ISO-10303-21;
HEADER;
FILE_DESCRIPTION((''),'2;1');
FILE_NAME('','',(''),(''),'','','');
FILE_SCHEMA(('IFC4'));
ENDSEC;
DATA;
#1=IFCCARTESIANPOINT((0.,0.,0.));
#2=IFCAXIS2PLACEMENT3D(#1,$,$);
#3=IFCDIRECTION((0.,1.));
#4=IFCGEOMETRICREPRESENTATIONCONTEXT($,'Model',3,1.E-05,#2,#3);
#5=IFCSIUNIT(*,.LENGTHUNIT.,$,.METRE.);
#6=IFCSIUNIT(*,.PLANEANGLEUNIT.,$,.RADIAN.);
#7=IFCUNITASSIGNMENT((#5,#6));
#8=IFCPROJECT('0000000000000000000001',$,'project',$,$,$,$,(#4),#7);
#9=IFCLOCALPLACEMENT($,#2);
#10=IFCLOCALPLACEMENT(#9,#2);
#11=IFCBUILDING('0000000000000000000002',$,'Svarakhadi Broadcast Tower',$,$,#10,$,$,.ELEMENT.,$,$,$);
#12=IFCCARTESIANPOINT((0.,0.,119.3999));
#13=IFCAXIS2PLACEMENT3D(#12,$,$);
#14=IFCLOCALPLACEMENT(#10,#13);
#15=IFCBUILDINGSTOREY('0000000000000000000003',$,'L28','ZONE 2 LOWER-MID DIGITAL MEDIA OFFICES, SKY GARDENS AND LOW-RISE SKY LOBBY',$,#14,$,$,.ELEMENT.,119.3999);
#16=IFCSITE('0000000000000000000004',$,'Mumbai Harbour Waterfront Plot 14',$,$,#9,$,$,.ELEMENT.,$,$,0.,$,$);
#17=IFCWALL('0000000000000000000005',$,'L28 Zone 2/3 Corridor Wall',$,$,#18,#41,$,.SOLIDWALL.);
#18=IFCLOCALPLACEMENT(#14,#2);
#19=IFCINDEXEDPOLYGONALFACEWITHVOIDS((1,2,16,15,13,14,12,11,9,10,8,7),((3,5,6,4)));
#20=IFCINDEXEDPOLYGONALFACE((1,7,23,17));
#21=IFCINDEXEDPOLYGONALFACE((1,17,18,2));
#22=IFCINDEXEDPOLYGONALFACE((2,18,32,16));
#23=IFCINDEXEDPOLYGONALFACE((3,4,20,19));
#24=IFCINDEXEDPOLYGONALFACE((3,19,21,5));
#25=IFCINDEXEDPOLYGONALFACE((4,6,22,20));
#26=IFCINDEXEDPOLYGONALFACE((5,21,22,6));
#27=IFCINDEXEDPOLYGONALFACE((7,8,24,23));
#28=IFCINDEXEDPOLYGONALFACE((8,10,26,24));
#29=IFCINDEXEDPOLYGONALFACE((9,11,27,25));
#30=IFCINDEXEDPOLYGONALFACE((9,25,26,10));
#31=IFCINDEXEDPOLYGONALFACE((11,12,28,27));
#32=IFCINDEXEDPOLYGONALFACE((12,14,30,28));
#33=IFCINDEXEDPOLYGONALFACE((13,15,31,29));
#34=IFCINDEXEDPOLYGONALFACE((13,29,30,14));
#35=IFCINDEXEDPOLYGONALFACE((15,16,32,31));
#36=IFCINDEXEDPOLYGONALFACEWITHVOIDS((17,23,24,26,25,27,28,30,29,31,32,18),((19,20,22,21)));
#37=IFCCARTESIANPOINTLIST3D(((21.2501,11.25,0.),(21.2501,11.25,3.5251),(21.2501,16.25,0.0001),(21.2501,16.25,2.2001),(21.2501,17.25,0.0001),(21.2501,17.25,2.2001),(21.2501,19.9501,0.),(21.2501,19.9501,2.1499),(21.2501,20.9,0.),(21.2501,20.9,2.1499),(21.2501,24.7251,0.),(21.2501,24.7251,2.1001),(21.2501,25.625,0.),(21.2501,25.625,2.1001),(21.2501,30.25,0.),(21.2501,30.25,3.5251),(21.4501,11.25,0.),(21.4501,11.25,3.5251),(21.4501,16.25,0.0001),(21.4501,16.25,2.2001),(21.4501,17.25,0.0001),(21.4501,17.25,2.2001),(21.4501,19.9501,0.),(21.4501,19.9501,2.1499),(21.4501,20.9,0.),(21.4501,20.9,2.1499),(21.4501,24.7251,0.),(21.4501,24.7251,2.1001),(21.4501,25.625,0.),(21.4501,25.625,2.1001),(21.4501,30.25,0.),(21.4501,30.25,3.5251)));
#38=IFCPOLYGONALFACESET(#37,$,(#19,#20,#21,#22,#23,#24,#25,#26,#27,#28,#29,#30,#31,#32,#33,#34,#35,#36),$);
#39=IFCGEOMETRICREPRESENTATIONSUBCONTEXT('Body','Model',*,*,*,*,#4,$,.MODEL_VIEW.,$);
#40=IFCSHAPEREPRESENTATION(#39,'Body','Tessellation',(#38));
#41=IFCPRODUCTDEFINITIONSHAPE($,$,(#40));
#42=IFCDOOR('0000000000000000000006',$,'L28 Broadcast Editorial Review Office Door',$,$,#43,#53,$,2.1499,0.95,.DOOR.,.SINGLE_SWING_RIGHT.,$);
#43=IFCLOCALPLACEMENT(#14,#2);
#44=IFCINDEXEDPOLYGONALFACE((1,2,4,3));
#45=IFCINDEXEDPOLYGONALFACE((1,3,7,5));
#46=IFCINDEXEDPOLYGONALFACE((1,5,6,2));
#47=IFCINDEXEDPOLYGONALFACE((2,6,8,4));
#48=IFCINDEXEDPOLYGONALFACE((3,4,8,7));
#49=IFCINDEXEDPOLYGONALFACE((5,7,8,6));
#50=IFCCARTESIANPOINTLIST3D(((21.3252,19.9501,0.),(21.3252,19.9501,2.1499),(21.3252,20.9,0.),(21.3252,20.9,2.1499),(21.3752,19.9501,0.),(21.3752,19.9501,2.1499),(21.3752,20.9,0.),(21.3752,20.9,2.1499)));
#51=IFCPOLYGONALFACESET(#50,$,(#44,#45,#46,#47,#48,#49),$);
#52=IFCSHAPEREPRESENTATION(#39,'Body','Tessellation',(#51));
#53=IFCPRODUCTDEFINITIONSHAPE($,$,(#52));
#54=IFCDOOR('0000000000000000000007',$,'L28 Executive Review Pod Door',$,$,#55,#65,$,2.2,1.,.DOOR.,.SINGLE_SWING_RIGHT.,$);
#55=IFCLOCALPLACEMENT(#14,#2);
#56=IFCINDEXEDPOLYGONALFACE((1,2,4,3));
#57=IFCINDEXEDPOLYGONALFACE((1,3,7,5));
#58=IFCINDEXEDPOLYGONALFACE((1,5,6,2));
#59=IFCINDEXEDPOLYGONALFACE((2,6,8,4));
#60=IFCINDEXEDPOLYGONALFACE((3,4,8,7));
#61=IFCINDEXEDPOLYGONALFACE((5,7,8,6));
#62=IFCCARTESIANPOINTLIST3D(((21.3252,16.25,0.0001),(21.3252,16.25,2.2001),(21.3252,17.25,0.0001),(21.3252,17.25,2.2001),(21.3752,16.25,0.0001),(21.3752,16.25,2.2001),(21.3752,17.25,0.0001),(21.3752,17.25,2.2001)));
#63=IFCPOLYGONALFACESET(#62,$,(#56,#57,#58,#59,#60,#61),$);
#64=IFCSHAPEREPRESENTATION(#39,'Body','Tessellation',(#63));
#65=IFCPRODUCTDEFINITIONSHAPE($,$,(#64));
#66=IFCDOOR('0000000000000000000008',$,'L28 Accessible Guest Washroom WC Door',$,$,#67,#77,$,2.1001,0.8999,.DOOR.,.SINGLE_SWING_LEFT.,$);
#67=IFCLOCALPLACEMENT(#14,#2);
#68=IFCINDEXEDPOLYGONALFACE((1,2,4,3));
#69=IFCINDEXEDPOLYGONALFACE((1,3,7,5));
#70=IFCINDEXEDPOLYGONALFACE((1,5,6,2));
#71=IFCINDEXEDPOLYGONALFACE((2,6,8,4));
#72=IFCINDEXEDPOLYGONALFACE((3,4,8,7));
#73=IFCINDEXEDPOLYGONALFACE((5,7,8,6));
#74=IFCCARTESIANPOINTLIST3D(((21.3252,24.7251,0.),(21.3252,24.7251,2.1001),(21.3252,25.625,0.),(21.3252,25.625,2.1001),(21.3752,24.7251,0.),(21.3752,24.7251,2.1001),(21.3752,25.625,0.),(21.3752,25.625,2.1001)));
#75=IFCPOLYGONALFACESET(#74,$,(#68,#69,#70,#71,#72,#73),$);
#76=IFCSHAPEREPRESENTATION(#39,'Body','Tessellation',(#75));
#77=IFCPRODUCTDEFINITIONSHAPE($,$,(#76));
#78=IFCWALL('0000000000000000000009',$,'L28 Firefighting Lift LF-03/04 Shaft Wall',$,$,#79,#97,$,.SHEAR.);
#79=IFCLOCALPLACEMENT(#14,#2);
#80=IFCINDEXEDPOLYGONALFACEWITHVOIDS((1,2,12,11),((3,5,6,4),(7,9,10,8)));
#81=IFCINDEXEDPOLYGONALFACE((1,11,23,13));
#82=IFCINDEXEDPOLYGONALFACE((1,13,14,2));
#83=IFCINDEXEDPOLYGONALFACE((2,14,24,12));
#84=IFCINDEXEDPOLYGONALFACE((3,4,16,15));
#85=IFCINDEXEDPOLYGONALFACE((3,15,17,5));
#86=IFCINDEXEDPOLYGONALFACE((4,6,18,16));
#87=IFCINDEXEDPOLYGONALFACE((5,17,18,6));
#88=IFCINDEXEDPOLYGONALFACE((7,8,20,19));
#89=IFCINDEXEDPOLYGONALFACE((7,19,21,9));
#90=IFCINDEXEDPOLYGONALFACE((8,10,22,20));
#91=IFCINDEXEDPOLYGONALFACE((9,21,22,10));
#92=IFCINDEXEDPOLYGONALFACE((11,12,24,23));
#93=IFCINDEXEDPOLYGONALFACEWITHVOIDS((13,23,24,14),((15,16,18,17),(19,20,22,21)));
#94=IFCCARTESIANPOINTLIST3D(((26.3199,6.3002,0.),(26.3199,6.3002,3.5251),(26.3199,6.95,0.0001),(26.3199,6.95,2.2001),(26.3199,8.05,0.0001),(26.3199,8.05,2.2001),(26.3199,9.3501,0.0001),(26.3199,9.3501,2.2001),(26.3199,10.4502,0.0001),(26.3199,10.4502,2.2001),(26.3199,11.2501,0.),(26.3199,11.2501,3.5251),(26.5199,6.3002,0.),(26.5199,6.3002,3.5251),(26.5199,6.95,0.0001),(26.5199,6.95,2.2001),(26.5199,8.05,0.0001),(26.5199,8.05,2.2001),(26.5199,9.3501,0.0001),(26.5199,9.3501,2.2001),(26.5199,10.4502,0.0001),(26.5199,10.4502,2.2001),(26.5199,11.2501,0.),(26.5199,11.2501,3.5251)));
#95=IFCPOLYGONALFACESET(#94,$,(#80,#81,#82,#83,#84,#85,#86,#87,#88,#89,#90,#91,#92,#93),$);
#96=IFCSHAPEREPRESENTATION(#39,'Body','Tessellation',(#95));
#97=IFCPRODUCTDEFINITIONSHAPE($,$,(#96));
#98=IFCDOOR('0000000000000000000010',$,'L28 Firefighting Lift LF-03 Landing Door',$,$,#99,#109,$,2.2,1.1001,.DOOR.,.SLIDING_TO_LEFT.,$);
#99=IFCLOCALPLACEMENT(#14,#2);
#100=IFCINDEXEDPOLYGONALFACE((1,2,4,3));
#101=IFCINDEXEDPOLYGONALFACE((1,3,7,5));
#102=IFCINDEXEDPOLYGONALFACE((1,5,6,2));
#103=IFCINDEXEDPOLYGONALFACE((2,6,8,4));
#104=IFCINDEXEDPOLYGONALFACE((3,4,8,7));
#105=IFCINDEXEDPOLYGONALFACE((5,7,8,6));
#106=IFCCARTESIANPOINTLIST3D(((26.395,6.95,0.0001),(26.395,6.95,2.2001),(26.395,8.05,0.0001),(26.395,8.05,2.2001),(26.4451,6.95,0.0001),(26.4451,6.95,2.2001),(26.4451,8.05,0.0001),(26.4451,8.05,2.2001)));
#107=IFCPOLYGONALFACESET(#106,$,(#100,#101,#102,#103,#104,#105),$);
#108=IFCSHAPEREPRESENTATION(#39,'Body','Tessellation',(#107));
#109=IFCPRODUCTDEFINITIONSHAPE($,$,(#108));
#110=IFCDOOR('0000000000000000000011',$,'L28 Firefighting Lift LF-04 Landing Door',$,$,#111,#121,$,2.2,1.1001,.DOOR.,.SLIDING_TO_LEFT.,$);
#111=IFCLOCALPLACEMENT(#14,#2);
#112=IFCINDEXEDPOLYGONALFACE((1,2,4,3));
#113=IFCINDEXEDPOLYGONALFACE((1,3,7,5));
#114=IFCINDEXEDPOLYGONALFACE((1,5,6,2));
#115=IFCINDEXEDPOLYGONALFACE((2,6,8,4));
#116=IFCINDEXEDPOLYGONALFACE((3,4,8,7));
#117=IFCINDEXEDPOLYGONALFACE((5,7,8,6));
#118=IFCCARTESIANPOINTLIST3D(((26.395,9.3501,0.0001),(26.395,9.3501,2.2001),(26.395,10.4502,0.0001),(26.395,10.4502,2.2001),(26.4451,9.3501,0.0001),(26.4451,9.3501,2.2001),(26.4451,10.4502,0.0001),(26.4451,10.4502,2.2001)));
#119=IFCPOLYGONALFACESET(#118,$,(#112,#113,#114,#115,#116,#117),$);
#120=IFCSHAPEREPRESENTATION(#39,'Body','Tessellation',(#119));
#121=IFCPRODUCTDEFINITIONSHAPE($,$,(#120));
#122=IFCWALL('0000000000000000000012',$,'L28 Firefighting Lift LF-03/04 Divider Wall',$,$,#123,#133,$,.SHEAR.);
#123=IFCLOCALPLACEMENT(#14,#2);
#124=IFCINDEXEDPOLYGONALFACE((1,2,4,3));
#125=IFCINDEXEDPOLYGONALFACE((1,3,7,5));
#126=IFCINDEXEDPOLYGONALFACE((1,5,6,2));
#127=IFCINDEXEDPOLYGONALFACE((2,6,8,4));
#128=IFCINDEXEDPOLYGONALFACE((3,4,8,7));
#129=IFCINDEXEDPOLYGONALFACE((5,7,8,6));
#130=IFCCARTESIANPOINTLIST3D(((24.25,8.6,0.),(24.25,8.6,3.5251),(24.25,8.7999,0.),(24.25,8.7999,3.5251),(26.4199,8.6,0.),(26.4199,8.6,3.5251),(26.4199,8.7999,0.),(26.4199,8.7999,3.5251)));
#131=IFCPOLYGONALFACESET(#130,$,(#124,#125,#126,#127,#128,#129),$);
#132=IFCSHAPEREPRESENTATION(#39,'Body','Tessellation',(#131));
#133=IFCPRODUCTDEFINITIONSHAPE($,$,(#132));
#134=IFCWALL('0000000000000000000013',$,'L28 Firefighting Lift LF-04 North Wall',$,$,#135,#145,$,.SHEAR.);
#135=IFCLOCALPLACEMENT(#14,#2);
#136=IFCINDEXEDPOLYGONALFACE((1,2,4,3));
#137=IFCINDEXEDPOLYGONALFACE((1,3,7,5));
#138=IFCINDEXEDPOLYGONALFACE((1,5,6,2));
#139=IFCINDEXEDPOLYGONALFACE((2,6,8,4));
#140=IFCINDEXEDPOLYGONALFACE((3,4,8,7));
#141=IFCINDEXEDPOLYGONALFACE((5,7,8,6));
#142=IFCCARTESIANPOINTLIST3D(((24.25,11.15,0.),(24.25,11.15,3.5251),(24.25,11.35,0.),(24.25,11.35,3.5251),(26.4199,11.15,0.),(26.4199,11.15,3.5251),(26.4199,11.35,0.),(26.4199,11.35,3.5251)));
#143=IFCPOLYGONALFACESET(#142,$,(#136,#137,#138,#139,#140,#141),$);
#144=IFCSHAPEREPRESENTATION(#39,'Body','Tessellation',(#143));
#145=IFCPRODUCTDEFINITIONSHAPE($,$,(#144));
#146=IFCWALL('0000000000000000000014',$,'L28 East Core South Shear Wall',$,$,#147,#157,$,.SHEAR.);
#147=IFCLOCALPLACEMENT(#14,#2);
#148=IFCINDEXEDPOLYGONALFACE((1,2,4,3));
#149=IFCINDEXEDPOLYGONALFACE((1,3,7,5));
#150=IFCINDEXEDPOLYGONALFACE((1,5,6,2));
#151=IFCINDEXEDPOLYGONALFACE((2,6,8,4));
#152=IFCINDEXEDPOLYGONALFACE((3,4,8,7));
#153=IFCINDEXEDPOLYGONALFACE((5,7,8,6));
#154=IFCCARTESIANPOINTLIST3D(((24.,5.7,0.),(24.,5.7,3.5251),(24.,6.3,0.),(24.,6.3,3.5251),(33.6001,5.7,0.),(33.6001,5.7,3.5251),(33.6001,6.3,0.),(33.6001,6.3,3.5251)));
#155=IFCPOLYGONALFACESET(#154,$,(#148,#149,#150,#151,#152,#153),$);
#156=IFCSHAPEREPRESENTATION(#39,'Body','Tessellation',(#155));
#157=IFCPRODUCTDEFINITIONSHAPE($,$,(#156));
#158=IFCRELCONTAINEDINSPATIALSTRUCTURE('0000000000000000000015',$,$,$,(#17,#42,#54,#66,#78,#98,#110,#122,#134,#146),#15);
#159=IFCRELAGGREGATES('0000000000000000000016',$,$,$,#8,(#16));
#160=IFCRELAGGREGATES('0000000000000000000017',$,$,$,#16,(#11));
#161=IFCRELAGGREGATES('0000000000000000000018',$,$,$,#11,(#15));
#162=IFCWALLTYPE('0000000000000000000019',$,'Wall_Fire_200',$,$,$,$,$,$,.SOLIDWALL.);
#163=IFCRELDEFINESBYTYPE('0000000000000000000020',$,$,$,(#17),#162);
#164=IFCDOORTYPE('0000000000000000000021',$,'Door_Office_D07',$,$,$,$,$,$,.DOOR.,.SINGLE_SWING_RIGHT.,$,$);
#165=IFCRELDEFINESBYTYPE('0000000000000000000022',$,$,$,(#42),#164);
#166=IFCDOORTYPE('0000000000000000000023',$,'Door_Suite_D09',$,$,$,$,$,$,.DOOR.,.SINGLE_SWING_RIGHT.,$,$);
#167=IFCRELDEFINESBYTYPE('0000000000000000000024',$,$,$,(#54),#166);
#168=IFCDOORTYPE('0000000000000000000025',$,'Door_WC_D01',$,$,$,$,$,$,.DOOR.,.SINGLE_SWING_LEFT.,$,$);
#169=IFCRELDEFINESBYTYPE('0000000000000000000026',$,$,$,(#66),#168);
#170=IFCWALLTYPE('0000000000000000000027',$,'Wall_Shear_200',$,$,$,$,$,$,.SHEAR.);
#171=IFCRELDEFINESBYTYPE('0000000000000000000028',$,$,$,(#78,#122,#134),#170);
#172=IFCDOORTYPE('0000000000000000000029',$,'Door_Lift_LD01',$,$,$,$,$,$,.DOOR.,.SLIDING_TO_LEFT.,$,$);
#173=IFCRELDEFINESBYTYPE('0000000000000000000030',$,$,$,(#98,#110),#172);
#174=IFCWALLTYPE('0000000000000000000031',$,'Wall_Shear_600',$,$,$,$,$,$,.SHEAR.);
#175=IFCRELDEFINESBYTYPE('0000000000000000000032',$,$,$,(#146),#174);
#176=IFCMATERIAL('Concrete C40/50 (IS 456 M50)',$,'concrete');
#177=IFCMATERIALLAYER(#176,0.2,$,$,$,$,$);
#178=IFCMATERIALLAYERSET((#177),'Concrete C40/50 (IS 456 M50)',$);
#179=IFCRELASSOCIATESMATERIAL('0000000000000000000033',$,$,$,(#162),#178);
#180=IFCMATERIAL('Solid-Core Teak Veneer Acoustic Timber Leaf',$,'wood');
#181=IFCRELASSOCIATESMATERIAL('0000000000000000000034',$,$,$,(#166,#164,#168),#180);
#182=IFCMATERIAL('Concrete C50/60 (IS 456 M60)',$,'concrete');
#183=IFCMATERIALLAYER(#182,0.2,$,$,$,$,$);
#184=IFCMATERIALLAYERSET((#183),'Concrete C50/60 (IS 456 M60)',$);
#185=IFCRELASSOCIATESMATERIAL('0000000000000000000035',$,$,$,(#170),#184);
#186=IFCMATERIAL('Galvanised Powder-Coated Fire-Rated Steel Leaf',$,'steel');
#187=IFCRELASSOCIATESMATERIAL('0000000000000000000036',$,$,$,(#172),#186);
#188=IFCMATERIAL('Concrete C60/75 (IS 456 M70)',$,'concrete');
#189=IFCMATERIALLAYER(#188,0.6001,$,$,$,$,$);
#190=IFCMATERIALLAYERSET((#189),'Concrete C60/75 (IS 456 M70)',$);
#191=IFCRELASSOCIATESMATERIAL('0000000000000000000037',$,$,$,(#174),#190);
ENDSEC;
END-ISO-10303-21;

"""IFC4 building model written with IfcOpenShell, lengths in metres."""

from ifc_helpers import new_model, si_unit, direction, frame, frame_2d, origin, place, context, subcontext, project, spatial, rectangle, extrude, material, layer, layer_set, type_object, element, fill, save


model = new_model("IFC4")

# Units and contexts
model_context = context("Model", 3, precision=1e-05, world=origin(), true_north=direction((0.0, 1.0)))
body_context = subcontext(model_context, "Body", "Model", "MODEL_VIEW")
ifc_project = project(units=[si_unit("LENGTHUNIT", "METRE"), si_unit("PLANEANGLEUNIT", "RADIAN")], contexts=[model_context])

# Site, building, storey
site_placement = place(None, origin())
site = spatial("IfcSite", under=ifc_project, at=site_placement, Name="Mumbai Harbour Waterfront Plot 14", CompositionType="ELEMENT", RefElevation=0.0)
building_placement = place(site_placement, origin())
building = spatial("IfcBuilding", under=site, at=building_placement, Name="Svarakhadi Broadcast Tower", CompositionType="ELEMENT")
storey_placement = place(building_placement, frame((0.0, 0.0, 119.3999)))
storey = spatial("IfcBuildingStorey", under=building, at=storey_placement, Name="L28", Description="ZONE 2 LOWER-MID DIGITAL MEDIA OFFICES, SKY GARDENS AND LOW-RISE SKY LOBBY", CompositionType="ELEMENT", Elevation=119.3999)

# Shared definitions
ifc_material_1 = material(Name="Concrete C50/60 (IS 456 M60)", Category="concrete")

# Shared definitions
ifc_material_2 = material(Name="Concrete C40/50 (IS 456 M50)", Category="concrete")
ifc_layer_1 = layer(ifc_material_2, 0.2)
ifc_layer_set_1 = layer_set([ifc_layer_1], Name="Concrete C40/50 (IS 456 M50)")
wall_type_1 = type_object("IfcWallType", Name="Wall_Fire_200", PredefinedType="SOLIDWALL", material=ifc_layer_set_1)

# Walls, openings, doors
ifc_material_3 = material(Name="Solid-Core Teak Veneer Acoustic Timber Leaf", Category="wood")
door_type_1 = type_object("IfcDoorType", Name="Door_Suite_D09", OperationType="SINGLE_SWING_RIGHT", PredefinedType="DOOR", material=ifc_material_3)
wall_1_placement = place(storey_placement, frame((21.3501, 11.25, 0.0), z_axis=(0.0, 0.0, 1.0), x_axis=(0.0, 1.0, 0.0)))
wall_1 = element("IfcWall", 1, at=wall_1_placement, inside=storey, type_object=wall_type_1, Name="L28 Zone 2/3 Corridor Wall", PredefinedType="SOLIDWALL", context=body_context, shape_type="SweptSolid", body=[
    extrude(rectangle(XDim=19.0, YDim=0.2, at=frame_2d((9.5, 0.0))), origin(), (0.0, 0.0, 1.0), 3.5251),
])
opening_1_placement = place(wall_1_placement, frame((8.7, 0.0, 0.0)))
opening_1 = element("IfcOpeningElement", 2, at=opening_1_placement, cuts=wall_1, PredefinedType="OPENING", context=body_context, shape_type="SweptSolid", body=[
    extrude(rectangle(XDim=0.95, YDim=2.1499, at=frame_2d((0.4751, 1.075))), frame((0.0, 0.1099, 0.0), z_axis=(0.0, -1.0, 0.0), x_axis=(1.0, 0.0, 0.0)), (0.0, 0.0, 1.0), 0.22),
])
opening_2_placement = place(wall_1_placement, frame((13.4751, 0.0, 0.0)))
opening_2 = element("IfcOpeningElement", 3, at=opening_2_placement, cuts=wall_1, PredefinedType="OPENING", context=body_context, shape_type="SweptSolid", body=[
    extrude(rectangle(XDim=0.8999, YDim=2.1001, at=frame_2d((0.45, 1.05))), frame((0.0, 0.1099, 0.0), z_axis=(0.0, -1.0, 0.0), x_axis=(1.0, 0.0, 0.0)), (0.0, 0.0, 1.0), 0.22),
])
opening_3_placement = place(wall_1_placement, frame((5.0, 0.0, 0.0)))
opening_3 = element("IfcOpeningElement", 4, at=opening_3_placement, cuts=wall_1, PredefinedType="OPENING", context=body_context, shape_type="SweptSolid", body=[
    extrude(rectangle(XDim=1.0, YDim=2.2, at=frame_2d((0.5, 1.1001))), frame((0.0, 0.1099, 0.0), z_axis=(0.0, -1.0, 0.0), x_axis=(1.0, 0.0, 0.0)), (0.0, 0.0, 1.0), 0.22),
])
door_type_2 = type_object("IfcDoorType", Name="Door_Office_D07", OperationType="SINGLE_SWING_RIGHT", PredefinedType="DOOR", material=ifc_material_3)
door_1_placement = place(opening_1_placement, origin())
door_1 = element("IfcDoor", 5, at=door_1_placement, inside=storey, type_object=door_type_2, Name="L28 Broadcast Editorial Review Office Door", OperationType="SINGLE_SWING_RIGHT", OverallHeight=2.1499, OverallWidth=0.95, PredefinedType="DOOR", context=body_context, shape_type="SweptSolid", body=[
    extrude(rectangle(XDim=0.95, YDim=2.1499, at=frame_2d((0.4751, 1.075))), frame((0.0, 0.0249, 0.0), z_axis=(0.0, -1.0, 0.0), x_axis=(1.0, 0.0, 0.0)), (0.0, 0.0, 1.0), 0.05),
])
fill(opening_1, door_1)
door_2_placement = place(opening_3_placement, origin())
door_2 = element("IfcDoor", 6, at=door_2_placement, inside=storey, type_object=door_type_1, Name="L28 Executive Review Pod Door", OperationType="SINGLE_SWING_RIGHT", OverallHeight=2.2, OverallWidth=1.0, PredefinedType="DOOR", context=body_context, shape_type="SweptSolid", body=[
    extrude(rectangle(XDim=1.0, YDim=2.2, at=frame_2d((0.5, 1.1001))), frame((0.0, 0.0249, 0.0), z_axis=(0.0, -1.0, 0.0), x_axis=(1.0, 0.0, 0.0)), (0.0, 0.0, 1.0), 0.05),
])
fill(opening_3, door_2)
door_type_3 = type_object("IfcDoorType", Name="Door_WC_D01", OperationType="SINGLE_SWING_LEFT", PredefinedType="DOOR", material=ifc_material_3)
door_3_placement = place(opening_2_placement, origin())
door_3 = element("IfcDoor", 7, at=door_3_placement, inside=storey, type_object=door_type_3, Name="L28 Accessible Guest Washroom WC Door", OperationType="SINGLE_SWING_LEFT", OverallHeight=2.1001, OverallWidth=0.8999, PredefinedType="DOOR", context=body_context, shape_type="SweptSolid", body=[
    extrude(rectangle(XDim=0.8999, YDim=2.1001, at=frame_2d((0.45, 1.05))), frame((0.0, 0.0249, 0.0), z_axis=(0.0, -1.0, 0.0), x_axis=(1.0, 0.0, 0.0)), (0.0, 0.0, 1.0), 0.05),
])
fill(opening_2, door_3)
ifc_layer_2 = layer(ifc_material_1, 0.2)
ifc_layer_set_2 = layer_set([ifc_layer_2], Name="Concrete C50/60 (IS 456 M60)")
wall_type_2 = type_object("IfcWallType", Name="Wall_Shear_200", PredefinedType="SHEAR", material=ifc_layer_set_2)
wall_2_placement = place(storey_placement, frame((26.4199, 6.3, 0.0), z_axis=(0.0, 0.0, 1.0), x_axis=(0.0, 1.0, 0.0)))
wall_2 = element("IfcWall", 8, at=wall_2_placement, inside=storey, type_object=wall_type_2, Name="L28 Firefighting Lift LF-03/04 Shaft Wall", PredefinedType="SHEAR", context=body_context, shape_type="SweptSolid", body=[
    extrude(rectangle(XDim=4.95, YDim=0.2, at=frame_2d((2.4751, 0.0))), origin(), (0.0, 0.0, 1.0), 3.5251),
])
opening_4_placement = place(wall_2_placement, frame((0.6499, 0.0, 0.0)))
opening_4 = element("IfcOpeningElement", 9, at=opening_4_placement, cuts=wall_2, PredefinedType="OPENING", context=body_context, shape_type="SweptSolid", body=[
    extrude(rectangle(XDim=1.1001, YDim=2.2, at=frame_2d((0.55, 1.1001))), frame((0.0, 0.1099, 0.0), z_axis=(0.0, -1.0, 0.0), x_axis=(1.0, 0.0, 0.0)), (0.0, 0.0, 1.0), 0.22),
])
opening_5_placement = place(wall_2_placement, frame((3.05, 0.0, 0.0)))
opening_5 = element("IfcOpeningElement", 10, at=opening_5_placement, cuts=wall_2, PredefinedType="OPENING", context=body_context, shape_type="SweptSolid", body=[
    extrude(rectangle(XDim=1.1001, YDim=2.2, at=frame_2d((0.55, 1.1001))), frame((0.0, 0.1099, 0.0), z_axis=(0.0, -1.0, 0.0), x_axis=(1.0, 0.0, 0.0)), (0.0, 0.0, 1.0), 0.22),
])
ifc_material_4 = material(Name="Galvanised Powder-Coated Fire-Rated Steel Leaf", Category="steel")
door_type_4 = type_object("IfcDoorType", Name="Door_Lift_LD01", OperationType="SLIDING_TO_LEFT", PredefinedType="DOOR", material=ifc_material_4)
door_4_placement = place(opening_4_placement, origin())
door_4 = element("IfcDoor", 11, at=door_4_placement, inside=storey, type_object=door_type_4, Name="L28 Firefighting Lift LF-03 Landing Door", OperationType="SLIDING_TO_LEFT", OverallHeight=2.2, OverallWidth=1.1001, PredefinedType="DOOR", context=body_context, shape_type="SweptSolid", body=[
    extrude(rectangle(XDim=1.1001, YDim=2.2, at=frame_2d((0.55, 1.1001))), frame((0.0, 0.0249, 0.0), z_axis=(0.0, -1.0, 0.0), x_axis=(1.0, 0.0, 0.0)), (0.0, 0.0, 1.0), 0.05),
])
fill(opening_4, door_4)
door_5_placement = place(opening_5_placement, origin())
door_5 = element("IfcDoor", 12, at=door_5_placement, inside=storey, type_object=door_type_4, Name="L28 Firefighting Lift LF-04 Landing Door", OperationType="SLIDING_TO_LEFT", OverallHeight=2.2, OverallWidth=1.1001, PredefinedType="DOOR", context=body_context, shape_type="SweptSolid", body=[
    extrude(rectangle(XDim=1.1001, YDim=2.2, at=frame_2d((0.55, 1.1001))), frame((0.0, 0.0249, 0.0), z_axis=(0.0, -1.0, 0.0), x_axis=(1.0, 0.0, 0.0)), (0.0, 0.0, 1.0), 0.05),
])
fill(opening_5, door_5)

# Walls
for number, where, z_axis, x_axis, name in (
    (13, (24.25, 8.7, 0.0), (0.0, 0.0, 1.0), (1.0, 0.0, 0.0), "L28 Firefighting Lift LF-03/04 Divider Wall"),
    (14, (24.25, 11.25, 0.0), (0.0, 0.0, 1.0), (1.0, 0.0, 0.0), "L28 Firefighting Lift LF-04 North Wall"),
):
    element("IfcWall", number, at=place(storey_placement, frame(where, z_axis=z_axis, x_axis=x_axis)), inside=storey, type_object=wall_type_2, Name=name, PredefinedType="SHEAR", context=body_context, shape_type="SweptSolid", body=[
        extrude(rectangle(XDim=2.1699, YDim=0.2, at=frame_2d((1.085, 0.0))), origin(), (0.0, 0.0, 1.0), 3.5251),
    ])
ifc_material_5 = material(Name="Concrete C60/75 (IS 456 M70)", Category="concrete")
ifc_layer_3 = layer(ifc_material_5, 0.6001)
ifc_layer_set_3 = layer_set([ifc_layer_3], Name="Concrete C60/75 (IS 456 M70)")
wall_type_3 = type_object("IfcWallType", Name="Wall_Shear_600", PredefinedType="SHEAR", material=ifc_layer_set_3)
wall_3_placement = place(storey_placement, frame((24.0, 6.0, 0.0), z_axis=(0.0, 0.0, 1.0), x_axis=(1.0, 0.0, 0.0)))
element("IfcWall", 15, at=wall_3_placement, inside=storey, type_object=wall_type_3, Name="L28 East Core South Shear Wall", PredefinedType="SHEAR", context=body_context, shape_type="SweptSolid", body=[
    extrude(rectangle(XDim=9.6001, YDim=0.6001, at=frame_2d((4.8, 0.0))), origin(), (0.0, 0.0, 1.0), 3.5251),
])

save(model, "model.ifc")
